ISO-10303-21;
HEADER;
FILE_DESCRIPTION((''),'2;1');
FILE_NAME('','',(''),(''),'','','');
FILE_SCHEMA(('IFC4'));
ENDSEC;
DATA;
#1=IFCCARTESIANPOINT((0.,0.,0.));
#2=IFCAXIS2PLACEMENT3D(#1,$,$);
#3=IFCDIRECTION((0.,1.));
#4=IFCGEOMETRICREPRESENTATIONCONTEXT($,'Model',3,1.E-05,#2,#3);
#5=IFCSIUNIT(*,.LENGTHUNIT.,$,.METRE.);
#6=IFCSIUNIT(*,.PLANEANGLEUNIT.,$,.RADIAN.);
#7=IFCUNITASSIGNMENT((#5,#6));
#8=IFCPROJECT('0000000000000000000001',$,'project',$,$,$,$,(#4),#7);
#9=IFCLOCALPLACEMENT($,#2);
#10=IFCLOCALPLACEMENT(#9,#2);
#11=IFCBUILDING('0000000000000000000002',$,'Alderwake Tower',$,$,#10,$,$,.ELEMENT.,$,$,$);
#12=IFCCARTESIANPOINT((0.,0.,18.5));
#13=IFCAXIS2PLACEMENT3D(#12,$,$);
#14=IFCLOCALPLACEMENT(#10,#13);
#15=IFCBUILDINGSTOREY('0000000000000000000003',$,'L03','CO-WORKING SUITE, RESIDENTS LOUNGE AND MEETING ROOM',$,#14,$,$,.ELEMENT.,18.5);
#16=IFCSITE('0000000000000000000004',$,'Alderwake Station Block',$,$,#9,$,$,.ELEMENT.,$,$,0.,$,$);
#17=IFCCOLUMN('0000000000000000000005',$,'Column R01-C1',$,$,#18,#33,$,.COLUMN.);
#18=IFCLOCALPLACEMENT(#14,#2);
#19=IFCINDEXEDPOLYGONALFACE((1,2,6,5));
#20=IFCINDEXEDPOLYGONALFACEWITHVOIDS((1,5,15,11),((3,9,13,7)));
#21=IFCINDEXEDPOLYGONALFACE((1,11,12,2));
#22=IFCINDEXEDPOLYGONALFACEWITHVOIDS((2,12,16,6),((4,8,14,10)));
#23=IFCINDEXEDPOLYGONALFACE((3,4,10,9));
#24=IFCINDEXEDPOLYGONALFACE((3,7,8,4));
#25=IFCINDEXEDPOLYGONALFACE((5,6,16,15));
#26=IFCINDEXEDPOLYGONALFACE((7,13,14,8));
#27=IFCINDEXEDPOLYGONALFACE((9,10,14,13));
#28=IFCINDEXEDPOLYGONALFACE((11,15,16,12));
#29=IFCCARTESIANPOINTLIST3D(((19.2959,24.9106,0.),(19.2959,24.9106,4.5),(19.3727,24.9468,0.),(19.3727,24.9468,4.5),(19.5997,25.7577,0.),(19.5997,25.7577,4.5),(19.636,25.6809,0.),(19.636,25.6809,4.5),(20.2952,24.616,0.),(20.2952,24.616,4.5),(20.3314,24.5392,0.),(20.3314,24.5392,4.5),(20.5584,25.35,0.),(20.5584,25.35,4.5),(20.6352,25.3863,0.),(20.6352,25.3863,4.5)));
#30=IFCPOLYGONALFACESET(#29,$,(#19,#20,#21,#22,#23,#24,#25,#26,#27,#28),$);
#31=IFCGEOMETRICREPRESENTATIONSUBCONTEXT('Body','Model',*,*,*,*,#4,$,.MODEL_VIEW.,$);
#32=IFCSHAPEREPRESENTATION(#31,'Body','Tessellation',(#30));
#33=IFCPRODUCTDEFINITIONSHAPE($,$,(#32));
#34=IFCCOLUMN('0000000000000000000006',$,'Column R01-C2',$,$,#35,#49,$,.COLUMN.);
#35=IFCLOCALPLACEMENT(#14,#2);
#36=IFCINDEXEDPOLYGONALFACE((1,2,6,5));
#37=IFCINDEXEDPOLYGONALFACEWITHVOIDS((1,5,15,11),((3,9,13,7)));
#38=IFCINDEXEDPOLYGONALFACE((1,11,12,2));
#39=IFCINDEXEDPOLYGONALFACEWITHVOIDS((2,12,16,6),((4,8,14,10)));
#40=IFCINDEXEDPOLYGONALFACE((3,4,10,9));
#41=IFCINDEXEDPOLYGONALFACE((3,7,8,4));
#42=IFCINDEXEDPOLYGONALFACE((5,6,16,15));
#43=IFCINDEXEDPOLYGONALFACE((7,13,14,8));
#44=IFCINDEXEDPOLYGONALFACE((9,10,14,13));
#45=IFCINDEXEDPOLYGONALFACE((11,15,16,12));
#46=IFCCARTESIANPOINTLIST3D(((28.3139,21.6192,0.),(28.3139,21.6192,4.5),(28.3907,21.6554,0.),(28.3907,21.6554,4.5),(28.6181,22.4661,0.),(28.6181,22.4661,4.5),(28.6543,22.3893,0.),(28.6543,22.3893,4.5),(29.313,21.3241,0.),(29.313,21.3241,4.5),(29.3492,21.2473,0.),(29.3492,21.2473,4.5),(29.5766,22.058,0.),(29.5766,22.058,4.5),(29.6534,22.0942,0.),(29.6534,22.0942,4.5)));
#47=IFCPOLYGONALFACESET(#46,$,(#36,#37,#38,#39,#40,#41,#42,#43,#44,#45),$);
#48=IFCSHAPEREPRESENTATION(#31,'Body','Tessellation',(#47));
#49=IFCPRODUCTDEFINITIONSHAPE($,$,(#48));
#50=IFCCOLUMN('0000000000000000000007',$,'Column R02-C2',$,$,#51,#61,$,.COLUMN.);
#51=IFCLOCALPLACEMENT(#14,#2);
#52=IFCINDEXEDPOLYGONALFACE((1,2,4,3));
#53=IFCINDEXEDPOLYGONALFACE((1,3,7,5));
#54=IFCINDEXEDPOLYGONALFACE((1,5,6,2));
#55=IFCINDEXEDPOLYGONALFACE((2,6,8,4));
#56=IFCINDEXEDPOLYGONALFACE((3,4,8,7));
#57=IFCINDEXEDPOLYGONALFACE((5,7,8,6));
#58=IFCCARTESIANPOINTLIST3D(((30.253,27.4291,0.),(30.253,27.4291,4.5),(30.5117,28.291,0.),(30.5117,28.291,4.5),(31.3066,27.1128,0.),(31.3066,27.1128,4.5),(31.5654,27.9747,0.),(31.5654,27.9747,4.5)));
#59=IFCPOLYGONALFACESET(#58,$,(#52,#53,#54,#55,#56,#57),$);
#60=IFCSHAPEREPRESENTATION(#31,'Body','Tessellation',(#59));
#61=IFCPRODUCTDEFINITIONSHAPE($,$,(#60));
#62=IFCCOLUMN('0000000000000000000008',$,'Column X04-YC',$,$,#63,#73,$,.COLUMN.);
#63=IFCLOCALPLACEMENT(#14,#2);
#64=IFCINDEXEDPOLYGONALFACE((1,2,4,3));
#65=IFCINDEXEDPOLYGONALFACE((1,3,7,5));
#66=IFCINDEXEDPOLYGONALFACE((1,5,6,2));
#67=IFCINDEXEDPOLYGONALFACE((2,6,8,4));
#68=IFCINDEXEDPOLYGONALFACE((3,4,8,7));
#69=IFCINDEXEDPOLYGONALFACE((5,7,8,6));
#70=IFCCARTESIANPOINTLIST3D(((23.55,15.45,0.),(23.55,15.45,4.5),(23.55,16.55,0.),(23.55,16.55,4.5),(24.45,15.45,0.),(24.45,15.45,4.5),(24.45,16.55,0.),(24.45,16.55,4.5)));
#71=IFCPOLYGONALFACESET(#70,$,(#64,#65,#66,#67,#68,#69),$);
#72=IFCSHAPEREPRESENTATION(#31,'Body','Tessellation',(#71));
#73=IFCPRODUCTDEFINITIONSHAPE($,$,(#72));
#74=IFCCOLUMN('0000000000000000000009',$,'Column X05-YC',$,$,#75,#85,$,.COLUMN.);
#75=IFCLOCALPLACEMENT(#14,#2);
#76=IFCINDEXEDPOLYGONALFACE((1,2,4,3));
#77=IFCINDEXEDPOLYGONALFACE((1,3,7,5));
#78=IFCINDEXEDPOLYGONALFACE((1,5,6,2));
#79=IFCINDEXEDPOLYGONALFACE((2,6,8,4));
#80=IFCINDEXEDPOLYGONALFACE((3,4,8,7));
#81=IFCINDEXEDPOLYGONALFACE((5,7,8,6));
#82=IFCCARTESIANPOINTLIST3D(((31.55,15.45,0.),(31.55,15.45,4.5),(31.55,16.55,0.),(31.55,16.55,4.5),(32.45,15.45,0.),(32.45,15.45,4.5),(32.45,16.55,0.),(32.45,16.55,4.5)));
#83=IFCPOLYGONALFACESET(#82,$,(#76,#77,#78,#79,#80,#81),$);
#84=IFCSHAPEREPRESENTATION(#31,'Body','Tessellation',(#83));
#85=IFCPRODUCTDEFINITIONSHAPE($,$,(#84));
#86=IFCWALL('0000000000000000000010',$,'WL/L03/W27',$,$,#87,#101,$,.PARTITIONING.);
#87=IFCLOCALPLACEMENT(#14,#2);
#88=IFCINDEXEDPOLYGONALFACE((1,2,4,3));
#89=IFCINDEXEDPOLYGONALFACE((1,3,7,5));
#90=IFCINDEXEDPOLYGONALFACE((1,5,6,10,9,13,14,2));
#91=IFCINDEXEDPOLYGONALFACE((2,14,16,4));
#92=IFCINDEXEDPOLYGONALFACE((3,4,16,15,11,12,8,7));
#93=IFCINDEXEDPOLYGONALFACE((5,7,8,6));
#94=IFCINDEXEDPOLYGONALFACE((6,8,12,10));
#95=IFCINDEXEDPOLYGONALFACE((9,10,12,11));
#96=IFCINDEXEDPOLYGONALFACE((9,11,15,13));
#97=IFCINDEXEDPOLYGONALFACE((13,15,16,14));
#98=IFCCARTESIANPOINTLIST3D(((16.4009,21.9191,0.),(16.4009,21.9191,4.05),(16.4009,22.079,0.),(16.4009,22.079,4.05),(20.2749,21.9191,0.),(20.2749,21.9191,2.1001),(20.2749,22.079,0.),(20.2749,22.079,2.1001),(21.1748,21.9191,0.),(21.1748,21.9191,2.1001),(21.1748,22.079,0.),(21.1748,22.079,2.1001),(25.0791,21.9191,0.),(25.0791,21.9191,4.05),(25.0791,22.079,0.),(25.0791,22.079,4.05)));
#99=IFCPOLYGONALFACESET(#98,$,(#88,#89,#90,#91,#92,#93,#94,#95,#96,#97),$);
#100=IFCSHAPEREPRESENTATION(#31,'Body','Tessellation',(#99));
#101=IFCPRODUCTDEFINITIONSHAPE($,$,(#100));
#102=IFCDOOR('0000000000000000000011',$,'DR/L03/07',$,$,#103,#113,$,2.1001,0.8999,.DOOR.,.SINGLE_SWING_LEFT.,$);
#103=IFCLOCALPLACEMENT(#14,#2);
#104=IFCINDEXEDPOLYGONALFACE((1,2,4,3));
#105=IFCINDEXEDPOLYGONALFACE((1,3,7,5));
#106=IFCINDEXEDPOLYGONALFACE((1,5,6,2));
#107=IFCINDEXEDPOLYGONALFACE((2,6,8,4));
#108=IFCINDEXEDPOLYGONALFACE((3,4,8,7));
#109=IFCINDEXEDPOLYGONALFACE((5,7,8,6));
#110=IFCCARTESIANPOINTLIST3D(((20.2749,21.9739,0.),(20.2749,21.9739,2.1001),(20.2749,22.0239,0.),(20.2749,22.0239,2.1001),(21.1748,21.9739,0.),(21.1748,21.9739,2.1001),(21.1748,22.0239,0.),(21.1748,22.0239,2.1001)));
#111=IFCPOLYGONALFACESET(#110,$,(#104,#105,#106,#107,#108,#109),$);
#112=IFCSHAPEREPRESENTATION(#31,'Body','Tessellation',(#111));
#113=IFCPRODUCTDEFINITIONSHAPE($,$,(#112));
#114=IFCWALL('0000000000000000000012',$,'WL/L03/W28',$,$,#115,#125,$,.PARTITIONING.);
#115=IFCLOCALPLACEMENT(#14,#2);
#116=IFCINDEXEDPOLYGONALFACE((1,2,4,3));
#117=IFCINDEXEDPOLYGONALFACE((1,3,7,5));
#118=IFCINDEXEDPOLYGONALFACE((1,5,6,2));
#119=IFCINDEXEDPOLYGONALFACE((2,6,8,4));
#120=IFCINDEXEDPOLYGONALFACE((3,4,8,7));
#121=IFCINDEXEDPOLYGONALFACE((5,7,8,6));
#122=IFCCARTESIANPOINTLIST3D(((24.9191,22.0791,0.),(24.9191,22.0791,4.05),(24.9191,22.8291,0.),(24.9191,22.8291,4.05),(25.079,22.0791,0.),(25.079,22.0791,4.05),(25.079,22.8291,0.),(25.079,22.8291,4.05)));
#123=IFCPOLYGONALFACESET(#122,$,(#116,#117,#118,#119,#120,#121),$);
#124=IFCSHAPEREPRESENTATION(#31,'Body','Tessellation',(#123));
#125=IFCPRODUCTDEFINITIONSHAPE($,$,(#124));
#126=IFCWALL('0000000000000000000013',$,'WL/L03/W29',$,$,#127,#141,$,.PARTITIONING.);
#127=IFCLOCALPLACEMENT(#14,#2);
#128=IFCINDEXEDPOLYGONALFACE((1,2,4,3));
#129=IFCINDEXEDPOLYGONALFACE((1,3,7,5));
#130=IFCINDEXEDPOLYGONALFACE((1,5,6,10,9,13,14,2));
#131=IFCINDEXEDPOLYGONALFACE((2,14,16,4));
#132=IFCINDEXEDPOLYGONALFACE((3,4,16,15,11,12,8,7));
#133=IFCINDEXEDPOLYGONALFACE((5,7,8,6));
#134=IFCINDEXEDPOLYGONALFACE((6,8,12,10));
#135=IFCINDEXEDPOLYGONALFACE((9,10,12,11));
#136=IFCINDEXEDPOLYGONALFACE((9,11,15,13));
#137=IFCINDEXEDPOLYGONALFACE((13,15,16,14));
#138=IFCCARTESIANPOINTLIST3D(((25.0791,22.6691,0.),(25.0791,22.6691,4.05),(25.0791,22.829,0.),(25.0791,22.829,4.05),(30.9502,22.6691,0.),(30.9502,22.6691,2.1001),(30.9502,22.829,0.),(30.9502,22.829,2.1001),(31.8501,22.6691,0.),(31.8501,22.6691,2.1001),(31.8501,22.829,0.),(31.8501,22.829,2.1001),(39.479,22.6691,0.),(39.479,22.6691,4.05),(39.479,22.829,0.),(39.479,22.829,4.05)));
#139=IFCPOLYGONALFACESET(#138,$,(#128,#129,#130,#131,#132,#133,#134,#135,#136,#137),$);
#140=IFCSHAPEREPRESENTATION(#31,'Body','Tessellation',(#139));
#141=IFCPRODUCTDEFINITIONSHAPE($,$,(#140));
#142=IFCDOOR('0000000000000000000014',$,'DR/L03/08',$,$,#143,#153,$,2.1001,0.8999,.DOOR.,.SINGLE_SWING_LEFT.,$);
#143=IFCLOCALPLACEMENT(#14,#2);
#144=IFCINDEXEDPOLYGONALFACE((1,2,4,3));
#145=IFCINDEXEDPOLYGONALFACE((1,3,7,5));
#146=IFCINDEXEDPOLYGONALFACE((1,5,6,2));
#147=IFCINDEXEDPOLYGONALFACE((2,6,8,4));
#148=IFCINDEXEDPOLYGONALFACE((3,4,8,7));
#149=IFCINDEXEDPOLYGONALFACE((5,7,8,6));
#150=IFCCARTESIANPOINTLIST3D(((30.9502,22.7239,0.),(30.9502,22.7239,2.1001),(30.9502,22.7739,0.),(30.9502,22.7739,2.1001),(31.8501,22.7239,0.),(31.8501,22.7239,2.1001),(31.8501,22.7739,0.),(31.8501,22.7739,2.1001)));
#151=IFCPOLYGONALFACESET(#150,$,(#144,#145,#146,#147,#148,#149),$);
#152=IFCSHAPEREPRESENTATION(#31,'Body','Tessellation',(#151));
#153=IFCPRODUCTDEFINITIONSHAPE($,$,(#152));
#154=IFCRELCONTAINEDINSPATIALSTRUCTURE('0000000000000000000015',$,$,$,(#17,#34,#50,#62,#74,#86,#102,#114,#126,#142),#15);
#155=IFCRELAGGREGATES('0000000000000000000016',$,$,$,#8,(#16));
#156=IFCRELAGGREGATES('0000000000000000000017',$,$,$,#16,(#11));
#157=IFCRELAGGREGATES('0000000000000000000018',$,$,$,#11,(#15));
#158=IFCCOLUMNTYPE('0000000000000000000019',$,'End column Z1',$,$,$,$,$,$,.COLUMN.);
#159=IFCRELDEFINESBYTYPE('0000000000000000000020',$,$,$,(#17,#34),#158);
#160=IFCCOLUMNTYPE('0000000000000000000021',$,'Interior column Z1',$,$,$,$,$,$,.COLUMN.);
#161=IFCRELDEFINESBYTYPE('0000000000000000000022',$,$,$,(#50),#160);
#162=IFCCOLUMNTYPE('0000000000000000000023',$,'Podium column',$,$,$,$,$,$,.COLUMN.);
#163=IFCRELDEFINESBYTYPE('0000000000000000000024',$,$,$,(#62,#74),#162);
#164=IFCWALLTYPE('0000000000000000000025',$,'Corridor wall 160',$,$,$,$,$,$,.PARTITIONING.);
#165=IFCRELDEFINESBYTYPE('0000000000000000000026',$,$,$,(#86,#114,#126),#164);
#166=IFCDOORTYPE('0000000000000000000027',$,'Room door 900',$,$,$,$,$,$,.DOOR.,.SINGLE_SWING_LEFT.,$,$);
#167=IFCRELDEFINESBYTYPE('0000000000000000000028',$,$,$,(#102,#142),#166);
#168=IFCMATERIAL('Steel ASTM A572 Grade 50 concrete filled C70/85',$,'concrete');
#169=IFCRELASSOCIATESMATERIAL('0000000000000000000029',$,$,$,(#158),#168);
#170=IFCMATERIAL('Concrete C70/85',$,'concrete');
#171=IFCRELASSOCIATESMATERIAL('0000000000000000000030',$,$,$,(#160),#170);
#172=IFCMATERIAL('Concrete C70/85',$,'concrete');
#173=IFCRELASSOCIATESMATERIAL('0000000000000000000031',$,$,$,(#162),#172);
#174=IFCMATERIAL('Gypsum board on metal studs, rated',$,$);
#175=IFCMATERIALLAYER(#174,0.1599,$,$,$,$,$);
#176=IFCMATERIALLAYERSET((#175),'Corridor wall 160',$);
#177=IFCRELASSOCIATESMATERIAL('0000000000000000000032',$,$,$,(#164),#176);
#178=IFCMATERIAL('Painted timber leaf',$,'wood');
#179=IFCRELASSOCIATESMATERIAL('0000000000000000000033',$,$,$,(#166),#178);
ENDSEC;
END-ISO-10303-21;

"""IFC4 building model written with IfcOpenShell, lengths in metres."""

from ifc_helpers import new_model, si_unit, direction, frame, frame_2d, origin, origin_2d, place, context, subcontext, project, spatial, rectangle, hollow_rectangle, extrude, material, layer, layer_set, material_profile, profile_set, type_object, element, fill, save


model = new_model("IFC4")

# Units and contexts
model_context = context("Model", 3, precision=1e-05, world=origin(), true_north=direction((0.0, 1.0)))
body_context = subcontext(model_context, "Body", "Model", "MODEL_VIEW")
ifc_project = project(units=[si_unit("LENGTHUNIT", "METRE"), si_unit("PLANEANGLEUNIT", "RADIAN")], contexts=[model_context])

# Site, building, storey
site_placement = place(None, origin())
site = spatial("IfcSite", under=ifc_project, at=site_placement, Name="Alderwake Station Block", CompositionType="ELEMENT", RefElevation=0.0)
building_placement = place(site_placement, origin())
building = spatial("IfcBuilding", under=site, at=building_placement, Name="Alderwake Tower", CompositionType="ELEMENT")
storey_placement = place(building_placement, frame((0.0, 0.0, 18.5)))
storey = spatial("IfcBuildingStorey", under=building, at=storey_placement, Name="L03", Description="CO-WORKING SUITE, RESIDENTS LOUNGE AND MEETING ROOM", CompositionType="ELEMENT", Elevation=18.5)

# Columns
ifc_material_1 = material(Name="Steel ASTM A572 Grade 50 concrete filled C70/85", Category="concrete")
ifc_material_profile_1 = material_profile(ifc_material_1, hollow_rectangle(XDim=0.8999, YDim=1.1001, WallThickness=0.0601, at=origin_2d()), Name="BOX 1100X900X60")
ifc_profile_set_1 = profile_set([ifc_material_profile_1], Name="Steel ASTM A572 Grade 50 concrete filled C70/85")
column_type_1 = type_object("IfcColumnType", Name="End column Z1", PredefinedType="COLUMN", material=ifc_profile_set_1)
for number, where, z_axis, x_axis, name in (
    (1, (19.9656, 25.1484, 0.0), (0.0, 0.0, 1.0), (0.337585, 0.941295, 0.0), "Column R01-C1"),
    (2, (28.9836, 21.8567, 0.0), (0.0, 0.0, 1.0), (0.338027, 0.941136, 0.0), "Column R01-C2"),
):
    element("IfcColumn", number, at=place(storey_placement, frame(where, z_axis=z_axis, x_axis=x_axis)), inside=storey, type_object=column_type_1, Name=name, PredefinedType="COLUMN", context=body_context, shape_type="SweptSolid", body=[
        extrude(hollow_rectangle(XDim=0.8999, YDim=1.1001, WallThickness=0.0601, at=origin_2d()), origin(), (0.0, 0.0, 1.0), 4.5),
    ])
ifc_material_2 = material(Name="Concrete C70/85", Category="concrete")
ifc_material_profile_2 = material_profile(ifc_material_2, rectangle(XDim=0.8999, YDim=1.1001, at=origin_2d()), Name="RC 1100X900")
ifc_profile_set_2 = profile_set([ifc_material_profile_2], Name="Concrete C70/85")
column_type_2 = type_object("IfcColumnType", Name="Interior column Z1", PredefinedType="COLUMN", material=ifc_profile_set_2)
column_placement = place(storey_placement, frame((30.9092, 27.7019, 0.0), z_axis=(0.0, 0.0, 1.0), x_axis=(0.287549, 0.957766, 0.0)))
element("IfcColumn", 3, at=column_placement, inside=storey, type_object=column_type_2, Name="Column R02-C2", PredefinedType="COLUMN", context=body_context, shape_type="SweptSolid", body=[
    extrude(rectangle(XDim=0.8999, YDim=1.1001, at=origin_2d()), origin(), (0.0, 0.0, 1.0), 4.5),
])
ifc_material_3 = material(Name="Concrete C70/85", Category="concrete")
ifc_material_profile_3 = material_profile(ifc_material_3, rectangle(XDim=0.8999, YDim=1.1001, at=origin_2d()), Name="RC 1100X900")
ifc_profile_set_3 = profile_set([ifc_material_profile_3], Name="Concrete C70/85")
column_type_3 = type_object("IfcColumnType", Name="Podium column", PredefinedType="COLUMN", material=ifc_profile_set_3)
for number, where, z_axis, x_axis, name in (
    (4, (24.0, 16.0, 0.0), (0.0, 0.0, 1.0), (1.0, 0.0, 0.0), "Column X04-YC"),
    (5, (32.0, 16.0, 0.0), (0.0, 0.0, 1.0), (1.0, 0.0, 0.0), "Column X05-YC"),
):
    element("IfcColumn", number, at=place(storey_placement, frame(where, z_axis=z_axis, x_axis=x_axis)), inside=storey, type_object=column_type_3, Name=name, PredefinedType="COLUMN", context=body_context, shape_type="SweptSolid", body=[
        extrude(rectangle(XDim=0.8999, YDim=1.1001, at=origin_2d()), origin(), (0.0, 0.0, 1.0), 4.5),
    ])

# Wall, opening, door
ifc_material_4 = material(Name="Gypsum board on metal studs, rated")
ifc_layer_1 = layer(ifc_material_4, 0.1599)
ifc_layer_set_1 = layer_set([ifc_layer_1], Name="Corridor wall 160")
wall_type_1 = type_object("IfcWallType", Name="Corridor wall 160", PredefinedType="PARTITIONING", material=ifc_layer_set_1)
wall_1_placement = place(storey_placement, frame((16.4009, 21.999, 0.0), z_axis=(0.0, 0.0, 1.0), x_axis=(1.0, 0.0, 0.0)))
wall_1 = element("IfcWall", 6, at=wall_1_placement, inside=storey, type_object=wall_type_1, Name="WL/L03/W27", PredefinedType="PARTITIONING", context=body_context, shape_type="SweptSolid", body=[
    extrude(rectangle(XDim=8.6782, YDim=0.1599, at=frame_2d((4.3391, 0.0))), origin(), (0.0, 0.0, 1.0), 4.05),
])
opening_1_placement = place(wall_1_placement, frame((3.874, 0.0, 0.0)))
opening_1 = element("IfcOpeningElement", 7, at=opening_1_placement, cuts=wall_1, PredefinedType="OPENING", context=body_context, shape_type="SweptSolid", body=[
    extrude(rectangle(XDim=0.8999, YDim=2.1001, at=frame_2d((0.45, 1.05))), frame((0.0, 0.0898, 0.0), z_axis=(0.0, -1.0, 0.0), x_axis=(1.0, 0.0, 0.0)), (0.0, 0.0, 1.0), 0.1799),
])
ifc_material_5 = material(Name="Painted timber leaf", Category="wood")
door_type = type_object("IfcDoorType", Name="Room door 900", OperationType="SINGLE_SWING_LEFT", PredefinedType="DOOR", material=ifc_material_5)
door_1_placement = place(opening_1_placement, origin())
door_1 = element("IfcDoor", 8, at=door_1_placement, inside=storey, type_object=door_type, Name="DR/L03/07", OperationType="SINGLE_SWING_LEFT", OverallHeight=2.1001, OverallWidth=0.8999, PredefinedType="DOOR", context=body_context, shape_type="SweptSolid", body=[
    extrude(rectangle(XDim=0.8999, YDim=2.1001, at=frame_2d((0.45, 1.05))), frame((0.0, 0.0249, 0.0), z_axis=(0.0, -1.0, 0.0), x_axis=(1.0, 0.0, 0.0)), (0.0, 0.0, 1.0), 0.05),
])
fill(opening_1, door_1)

# Wall
wall_2_placement = place(storey_placement, frame((24.999, 22.0791, 0.0), z_axis=(0.0, 0.0, 1.0), x_axis=(0.0, 1.0, 0.0)))
element("IfcWall", 9, at=wall_2_placement, inside=storey, type_object=wall_type_1, Name="WL/L03/W28", PredefinedType="PARTITIONING", context=body_context, shape_type="SweptSolid", body=[
    extrude(rectangle(XDim=0.75, YDim=0.1599, at=frame_2d((0.375, 0.0))), origin(), (0.0, 0.0, 1.0), 4.05),
])

# Wall, opening, door
wall_3_placement = place(storey_placement, frame((25.0791, 22.749, 0.0), z_axis=(0.0, 0.0, 1.0), x_axis=(1.0, 0.0, 0.0)))
wall_3 = element("IfcWall", 10, at=wall_3_placement, inside=storey, type_object=wall_type_1, Name="WL/L03/W29", PredefinedType="PARTITIONING", context=body_context, shape_type="SweptSolid", body=[
    extrude(rectangle(XDim=14.3999, YDim=0.1599, at=frame_2d((7.2, 0.0))), origin(), (0.0, 0.0, 1.0), 4.05),
])
opening_2_placement = place(wall_3_placement, frame((5.8711, 0.0, 0.0)))
opening_2 = element("IfcOpeningElement", 11, at=opening_2_placement, cuts=wall_3, PredefinedType="OPENING", context=body_context, shape_type="SweptSolid", body=[
    extrude(rectangle(XDim=0.8999, YDim=2.1001, at=frame_2d((0.45, 1.05))), frame((0.0, 0.0898, 0.0), z_axis=(0.0, -1.0, 0.0), x_axis=(1.0, 0.0, 0.0)), (0.0, 0.0, 1.0), 0.1799),
])
door_2_placement = place(opening_2_placement, origin())
door_2 = element("IfcDoor", 12, at=door_2_placement, inside=storey, type_object=door_type, Name="DR/L03/08", OperationType="SINGLE_SWING_LEFT", OverallHeight=2.1001, OverallWidth=0.8999, PredefinedType="DOOR", context=body_context, shape_type="SweptSolid", body=[
    extrude(rectangle(XDim=0.8999, YDim=2.1001, at=frame_2d((0.45, 1.05))), frame((0.0, 0.0249, 0.0), z_axis=(0.0, -1.0, 0.0), x_axis=(1.0, 0.0, 0.0)), (0.0, 0.0, 1.0), 0.05),
])
fill(opening_2, door_2)

save(model, "model.ifc")
